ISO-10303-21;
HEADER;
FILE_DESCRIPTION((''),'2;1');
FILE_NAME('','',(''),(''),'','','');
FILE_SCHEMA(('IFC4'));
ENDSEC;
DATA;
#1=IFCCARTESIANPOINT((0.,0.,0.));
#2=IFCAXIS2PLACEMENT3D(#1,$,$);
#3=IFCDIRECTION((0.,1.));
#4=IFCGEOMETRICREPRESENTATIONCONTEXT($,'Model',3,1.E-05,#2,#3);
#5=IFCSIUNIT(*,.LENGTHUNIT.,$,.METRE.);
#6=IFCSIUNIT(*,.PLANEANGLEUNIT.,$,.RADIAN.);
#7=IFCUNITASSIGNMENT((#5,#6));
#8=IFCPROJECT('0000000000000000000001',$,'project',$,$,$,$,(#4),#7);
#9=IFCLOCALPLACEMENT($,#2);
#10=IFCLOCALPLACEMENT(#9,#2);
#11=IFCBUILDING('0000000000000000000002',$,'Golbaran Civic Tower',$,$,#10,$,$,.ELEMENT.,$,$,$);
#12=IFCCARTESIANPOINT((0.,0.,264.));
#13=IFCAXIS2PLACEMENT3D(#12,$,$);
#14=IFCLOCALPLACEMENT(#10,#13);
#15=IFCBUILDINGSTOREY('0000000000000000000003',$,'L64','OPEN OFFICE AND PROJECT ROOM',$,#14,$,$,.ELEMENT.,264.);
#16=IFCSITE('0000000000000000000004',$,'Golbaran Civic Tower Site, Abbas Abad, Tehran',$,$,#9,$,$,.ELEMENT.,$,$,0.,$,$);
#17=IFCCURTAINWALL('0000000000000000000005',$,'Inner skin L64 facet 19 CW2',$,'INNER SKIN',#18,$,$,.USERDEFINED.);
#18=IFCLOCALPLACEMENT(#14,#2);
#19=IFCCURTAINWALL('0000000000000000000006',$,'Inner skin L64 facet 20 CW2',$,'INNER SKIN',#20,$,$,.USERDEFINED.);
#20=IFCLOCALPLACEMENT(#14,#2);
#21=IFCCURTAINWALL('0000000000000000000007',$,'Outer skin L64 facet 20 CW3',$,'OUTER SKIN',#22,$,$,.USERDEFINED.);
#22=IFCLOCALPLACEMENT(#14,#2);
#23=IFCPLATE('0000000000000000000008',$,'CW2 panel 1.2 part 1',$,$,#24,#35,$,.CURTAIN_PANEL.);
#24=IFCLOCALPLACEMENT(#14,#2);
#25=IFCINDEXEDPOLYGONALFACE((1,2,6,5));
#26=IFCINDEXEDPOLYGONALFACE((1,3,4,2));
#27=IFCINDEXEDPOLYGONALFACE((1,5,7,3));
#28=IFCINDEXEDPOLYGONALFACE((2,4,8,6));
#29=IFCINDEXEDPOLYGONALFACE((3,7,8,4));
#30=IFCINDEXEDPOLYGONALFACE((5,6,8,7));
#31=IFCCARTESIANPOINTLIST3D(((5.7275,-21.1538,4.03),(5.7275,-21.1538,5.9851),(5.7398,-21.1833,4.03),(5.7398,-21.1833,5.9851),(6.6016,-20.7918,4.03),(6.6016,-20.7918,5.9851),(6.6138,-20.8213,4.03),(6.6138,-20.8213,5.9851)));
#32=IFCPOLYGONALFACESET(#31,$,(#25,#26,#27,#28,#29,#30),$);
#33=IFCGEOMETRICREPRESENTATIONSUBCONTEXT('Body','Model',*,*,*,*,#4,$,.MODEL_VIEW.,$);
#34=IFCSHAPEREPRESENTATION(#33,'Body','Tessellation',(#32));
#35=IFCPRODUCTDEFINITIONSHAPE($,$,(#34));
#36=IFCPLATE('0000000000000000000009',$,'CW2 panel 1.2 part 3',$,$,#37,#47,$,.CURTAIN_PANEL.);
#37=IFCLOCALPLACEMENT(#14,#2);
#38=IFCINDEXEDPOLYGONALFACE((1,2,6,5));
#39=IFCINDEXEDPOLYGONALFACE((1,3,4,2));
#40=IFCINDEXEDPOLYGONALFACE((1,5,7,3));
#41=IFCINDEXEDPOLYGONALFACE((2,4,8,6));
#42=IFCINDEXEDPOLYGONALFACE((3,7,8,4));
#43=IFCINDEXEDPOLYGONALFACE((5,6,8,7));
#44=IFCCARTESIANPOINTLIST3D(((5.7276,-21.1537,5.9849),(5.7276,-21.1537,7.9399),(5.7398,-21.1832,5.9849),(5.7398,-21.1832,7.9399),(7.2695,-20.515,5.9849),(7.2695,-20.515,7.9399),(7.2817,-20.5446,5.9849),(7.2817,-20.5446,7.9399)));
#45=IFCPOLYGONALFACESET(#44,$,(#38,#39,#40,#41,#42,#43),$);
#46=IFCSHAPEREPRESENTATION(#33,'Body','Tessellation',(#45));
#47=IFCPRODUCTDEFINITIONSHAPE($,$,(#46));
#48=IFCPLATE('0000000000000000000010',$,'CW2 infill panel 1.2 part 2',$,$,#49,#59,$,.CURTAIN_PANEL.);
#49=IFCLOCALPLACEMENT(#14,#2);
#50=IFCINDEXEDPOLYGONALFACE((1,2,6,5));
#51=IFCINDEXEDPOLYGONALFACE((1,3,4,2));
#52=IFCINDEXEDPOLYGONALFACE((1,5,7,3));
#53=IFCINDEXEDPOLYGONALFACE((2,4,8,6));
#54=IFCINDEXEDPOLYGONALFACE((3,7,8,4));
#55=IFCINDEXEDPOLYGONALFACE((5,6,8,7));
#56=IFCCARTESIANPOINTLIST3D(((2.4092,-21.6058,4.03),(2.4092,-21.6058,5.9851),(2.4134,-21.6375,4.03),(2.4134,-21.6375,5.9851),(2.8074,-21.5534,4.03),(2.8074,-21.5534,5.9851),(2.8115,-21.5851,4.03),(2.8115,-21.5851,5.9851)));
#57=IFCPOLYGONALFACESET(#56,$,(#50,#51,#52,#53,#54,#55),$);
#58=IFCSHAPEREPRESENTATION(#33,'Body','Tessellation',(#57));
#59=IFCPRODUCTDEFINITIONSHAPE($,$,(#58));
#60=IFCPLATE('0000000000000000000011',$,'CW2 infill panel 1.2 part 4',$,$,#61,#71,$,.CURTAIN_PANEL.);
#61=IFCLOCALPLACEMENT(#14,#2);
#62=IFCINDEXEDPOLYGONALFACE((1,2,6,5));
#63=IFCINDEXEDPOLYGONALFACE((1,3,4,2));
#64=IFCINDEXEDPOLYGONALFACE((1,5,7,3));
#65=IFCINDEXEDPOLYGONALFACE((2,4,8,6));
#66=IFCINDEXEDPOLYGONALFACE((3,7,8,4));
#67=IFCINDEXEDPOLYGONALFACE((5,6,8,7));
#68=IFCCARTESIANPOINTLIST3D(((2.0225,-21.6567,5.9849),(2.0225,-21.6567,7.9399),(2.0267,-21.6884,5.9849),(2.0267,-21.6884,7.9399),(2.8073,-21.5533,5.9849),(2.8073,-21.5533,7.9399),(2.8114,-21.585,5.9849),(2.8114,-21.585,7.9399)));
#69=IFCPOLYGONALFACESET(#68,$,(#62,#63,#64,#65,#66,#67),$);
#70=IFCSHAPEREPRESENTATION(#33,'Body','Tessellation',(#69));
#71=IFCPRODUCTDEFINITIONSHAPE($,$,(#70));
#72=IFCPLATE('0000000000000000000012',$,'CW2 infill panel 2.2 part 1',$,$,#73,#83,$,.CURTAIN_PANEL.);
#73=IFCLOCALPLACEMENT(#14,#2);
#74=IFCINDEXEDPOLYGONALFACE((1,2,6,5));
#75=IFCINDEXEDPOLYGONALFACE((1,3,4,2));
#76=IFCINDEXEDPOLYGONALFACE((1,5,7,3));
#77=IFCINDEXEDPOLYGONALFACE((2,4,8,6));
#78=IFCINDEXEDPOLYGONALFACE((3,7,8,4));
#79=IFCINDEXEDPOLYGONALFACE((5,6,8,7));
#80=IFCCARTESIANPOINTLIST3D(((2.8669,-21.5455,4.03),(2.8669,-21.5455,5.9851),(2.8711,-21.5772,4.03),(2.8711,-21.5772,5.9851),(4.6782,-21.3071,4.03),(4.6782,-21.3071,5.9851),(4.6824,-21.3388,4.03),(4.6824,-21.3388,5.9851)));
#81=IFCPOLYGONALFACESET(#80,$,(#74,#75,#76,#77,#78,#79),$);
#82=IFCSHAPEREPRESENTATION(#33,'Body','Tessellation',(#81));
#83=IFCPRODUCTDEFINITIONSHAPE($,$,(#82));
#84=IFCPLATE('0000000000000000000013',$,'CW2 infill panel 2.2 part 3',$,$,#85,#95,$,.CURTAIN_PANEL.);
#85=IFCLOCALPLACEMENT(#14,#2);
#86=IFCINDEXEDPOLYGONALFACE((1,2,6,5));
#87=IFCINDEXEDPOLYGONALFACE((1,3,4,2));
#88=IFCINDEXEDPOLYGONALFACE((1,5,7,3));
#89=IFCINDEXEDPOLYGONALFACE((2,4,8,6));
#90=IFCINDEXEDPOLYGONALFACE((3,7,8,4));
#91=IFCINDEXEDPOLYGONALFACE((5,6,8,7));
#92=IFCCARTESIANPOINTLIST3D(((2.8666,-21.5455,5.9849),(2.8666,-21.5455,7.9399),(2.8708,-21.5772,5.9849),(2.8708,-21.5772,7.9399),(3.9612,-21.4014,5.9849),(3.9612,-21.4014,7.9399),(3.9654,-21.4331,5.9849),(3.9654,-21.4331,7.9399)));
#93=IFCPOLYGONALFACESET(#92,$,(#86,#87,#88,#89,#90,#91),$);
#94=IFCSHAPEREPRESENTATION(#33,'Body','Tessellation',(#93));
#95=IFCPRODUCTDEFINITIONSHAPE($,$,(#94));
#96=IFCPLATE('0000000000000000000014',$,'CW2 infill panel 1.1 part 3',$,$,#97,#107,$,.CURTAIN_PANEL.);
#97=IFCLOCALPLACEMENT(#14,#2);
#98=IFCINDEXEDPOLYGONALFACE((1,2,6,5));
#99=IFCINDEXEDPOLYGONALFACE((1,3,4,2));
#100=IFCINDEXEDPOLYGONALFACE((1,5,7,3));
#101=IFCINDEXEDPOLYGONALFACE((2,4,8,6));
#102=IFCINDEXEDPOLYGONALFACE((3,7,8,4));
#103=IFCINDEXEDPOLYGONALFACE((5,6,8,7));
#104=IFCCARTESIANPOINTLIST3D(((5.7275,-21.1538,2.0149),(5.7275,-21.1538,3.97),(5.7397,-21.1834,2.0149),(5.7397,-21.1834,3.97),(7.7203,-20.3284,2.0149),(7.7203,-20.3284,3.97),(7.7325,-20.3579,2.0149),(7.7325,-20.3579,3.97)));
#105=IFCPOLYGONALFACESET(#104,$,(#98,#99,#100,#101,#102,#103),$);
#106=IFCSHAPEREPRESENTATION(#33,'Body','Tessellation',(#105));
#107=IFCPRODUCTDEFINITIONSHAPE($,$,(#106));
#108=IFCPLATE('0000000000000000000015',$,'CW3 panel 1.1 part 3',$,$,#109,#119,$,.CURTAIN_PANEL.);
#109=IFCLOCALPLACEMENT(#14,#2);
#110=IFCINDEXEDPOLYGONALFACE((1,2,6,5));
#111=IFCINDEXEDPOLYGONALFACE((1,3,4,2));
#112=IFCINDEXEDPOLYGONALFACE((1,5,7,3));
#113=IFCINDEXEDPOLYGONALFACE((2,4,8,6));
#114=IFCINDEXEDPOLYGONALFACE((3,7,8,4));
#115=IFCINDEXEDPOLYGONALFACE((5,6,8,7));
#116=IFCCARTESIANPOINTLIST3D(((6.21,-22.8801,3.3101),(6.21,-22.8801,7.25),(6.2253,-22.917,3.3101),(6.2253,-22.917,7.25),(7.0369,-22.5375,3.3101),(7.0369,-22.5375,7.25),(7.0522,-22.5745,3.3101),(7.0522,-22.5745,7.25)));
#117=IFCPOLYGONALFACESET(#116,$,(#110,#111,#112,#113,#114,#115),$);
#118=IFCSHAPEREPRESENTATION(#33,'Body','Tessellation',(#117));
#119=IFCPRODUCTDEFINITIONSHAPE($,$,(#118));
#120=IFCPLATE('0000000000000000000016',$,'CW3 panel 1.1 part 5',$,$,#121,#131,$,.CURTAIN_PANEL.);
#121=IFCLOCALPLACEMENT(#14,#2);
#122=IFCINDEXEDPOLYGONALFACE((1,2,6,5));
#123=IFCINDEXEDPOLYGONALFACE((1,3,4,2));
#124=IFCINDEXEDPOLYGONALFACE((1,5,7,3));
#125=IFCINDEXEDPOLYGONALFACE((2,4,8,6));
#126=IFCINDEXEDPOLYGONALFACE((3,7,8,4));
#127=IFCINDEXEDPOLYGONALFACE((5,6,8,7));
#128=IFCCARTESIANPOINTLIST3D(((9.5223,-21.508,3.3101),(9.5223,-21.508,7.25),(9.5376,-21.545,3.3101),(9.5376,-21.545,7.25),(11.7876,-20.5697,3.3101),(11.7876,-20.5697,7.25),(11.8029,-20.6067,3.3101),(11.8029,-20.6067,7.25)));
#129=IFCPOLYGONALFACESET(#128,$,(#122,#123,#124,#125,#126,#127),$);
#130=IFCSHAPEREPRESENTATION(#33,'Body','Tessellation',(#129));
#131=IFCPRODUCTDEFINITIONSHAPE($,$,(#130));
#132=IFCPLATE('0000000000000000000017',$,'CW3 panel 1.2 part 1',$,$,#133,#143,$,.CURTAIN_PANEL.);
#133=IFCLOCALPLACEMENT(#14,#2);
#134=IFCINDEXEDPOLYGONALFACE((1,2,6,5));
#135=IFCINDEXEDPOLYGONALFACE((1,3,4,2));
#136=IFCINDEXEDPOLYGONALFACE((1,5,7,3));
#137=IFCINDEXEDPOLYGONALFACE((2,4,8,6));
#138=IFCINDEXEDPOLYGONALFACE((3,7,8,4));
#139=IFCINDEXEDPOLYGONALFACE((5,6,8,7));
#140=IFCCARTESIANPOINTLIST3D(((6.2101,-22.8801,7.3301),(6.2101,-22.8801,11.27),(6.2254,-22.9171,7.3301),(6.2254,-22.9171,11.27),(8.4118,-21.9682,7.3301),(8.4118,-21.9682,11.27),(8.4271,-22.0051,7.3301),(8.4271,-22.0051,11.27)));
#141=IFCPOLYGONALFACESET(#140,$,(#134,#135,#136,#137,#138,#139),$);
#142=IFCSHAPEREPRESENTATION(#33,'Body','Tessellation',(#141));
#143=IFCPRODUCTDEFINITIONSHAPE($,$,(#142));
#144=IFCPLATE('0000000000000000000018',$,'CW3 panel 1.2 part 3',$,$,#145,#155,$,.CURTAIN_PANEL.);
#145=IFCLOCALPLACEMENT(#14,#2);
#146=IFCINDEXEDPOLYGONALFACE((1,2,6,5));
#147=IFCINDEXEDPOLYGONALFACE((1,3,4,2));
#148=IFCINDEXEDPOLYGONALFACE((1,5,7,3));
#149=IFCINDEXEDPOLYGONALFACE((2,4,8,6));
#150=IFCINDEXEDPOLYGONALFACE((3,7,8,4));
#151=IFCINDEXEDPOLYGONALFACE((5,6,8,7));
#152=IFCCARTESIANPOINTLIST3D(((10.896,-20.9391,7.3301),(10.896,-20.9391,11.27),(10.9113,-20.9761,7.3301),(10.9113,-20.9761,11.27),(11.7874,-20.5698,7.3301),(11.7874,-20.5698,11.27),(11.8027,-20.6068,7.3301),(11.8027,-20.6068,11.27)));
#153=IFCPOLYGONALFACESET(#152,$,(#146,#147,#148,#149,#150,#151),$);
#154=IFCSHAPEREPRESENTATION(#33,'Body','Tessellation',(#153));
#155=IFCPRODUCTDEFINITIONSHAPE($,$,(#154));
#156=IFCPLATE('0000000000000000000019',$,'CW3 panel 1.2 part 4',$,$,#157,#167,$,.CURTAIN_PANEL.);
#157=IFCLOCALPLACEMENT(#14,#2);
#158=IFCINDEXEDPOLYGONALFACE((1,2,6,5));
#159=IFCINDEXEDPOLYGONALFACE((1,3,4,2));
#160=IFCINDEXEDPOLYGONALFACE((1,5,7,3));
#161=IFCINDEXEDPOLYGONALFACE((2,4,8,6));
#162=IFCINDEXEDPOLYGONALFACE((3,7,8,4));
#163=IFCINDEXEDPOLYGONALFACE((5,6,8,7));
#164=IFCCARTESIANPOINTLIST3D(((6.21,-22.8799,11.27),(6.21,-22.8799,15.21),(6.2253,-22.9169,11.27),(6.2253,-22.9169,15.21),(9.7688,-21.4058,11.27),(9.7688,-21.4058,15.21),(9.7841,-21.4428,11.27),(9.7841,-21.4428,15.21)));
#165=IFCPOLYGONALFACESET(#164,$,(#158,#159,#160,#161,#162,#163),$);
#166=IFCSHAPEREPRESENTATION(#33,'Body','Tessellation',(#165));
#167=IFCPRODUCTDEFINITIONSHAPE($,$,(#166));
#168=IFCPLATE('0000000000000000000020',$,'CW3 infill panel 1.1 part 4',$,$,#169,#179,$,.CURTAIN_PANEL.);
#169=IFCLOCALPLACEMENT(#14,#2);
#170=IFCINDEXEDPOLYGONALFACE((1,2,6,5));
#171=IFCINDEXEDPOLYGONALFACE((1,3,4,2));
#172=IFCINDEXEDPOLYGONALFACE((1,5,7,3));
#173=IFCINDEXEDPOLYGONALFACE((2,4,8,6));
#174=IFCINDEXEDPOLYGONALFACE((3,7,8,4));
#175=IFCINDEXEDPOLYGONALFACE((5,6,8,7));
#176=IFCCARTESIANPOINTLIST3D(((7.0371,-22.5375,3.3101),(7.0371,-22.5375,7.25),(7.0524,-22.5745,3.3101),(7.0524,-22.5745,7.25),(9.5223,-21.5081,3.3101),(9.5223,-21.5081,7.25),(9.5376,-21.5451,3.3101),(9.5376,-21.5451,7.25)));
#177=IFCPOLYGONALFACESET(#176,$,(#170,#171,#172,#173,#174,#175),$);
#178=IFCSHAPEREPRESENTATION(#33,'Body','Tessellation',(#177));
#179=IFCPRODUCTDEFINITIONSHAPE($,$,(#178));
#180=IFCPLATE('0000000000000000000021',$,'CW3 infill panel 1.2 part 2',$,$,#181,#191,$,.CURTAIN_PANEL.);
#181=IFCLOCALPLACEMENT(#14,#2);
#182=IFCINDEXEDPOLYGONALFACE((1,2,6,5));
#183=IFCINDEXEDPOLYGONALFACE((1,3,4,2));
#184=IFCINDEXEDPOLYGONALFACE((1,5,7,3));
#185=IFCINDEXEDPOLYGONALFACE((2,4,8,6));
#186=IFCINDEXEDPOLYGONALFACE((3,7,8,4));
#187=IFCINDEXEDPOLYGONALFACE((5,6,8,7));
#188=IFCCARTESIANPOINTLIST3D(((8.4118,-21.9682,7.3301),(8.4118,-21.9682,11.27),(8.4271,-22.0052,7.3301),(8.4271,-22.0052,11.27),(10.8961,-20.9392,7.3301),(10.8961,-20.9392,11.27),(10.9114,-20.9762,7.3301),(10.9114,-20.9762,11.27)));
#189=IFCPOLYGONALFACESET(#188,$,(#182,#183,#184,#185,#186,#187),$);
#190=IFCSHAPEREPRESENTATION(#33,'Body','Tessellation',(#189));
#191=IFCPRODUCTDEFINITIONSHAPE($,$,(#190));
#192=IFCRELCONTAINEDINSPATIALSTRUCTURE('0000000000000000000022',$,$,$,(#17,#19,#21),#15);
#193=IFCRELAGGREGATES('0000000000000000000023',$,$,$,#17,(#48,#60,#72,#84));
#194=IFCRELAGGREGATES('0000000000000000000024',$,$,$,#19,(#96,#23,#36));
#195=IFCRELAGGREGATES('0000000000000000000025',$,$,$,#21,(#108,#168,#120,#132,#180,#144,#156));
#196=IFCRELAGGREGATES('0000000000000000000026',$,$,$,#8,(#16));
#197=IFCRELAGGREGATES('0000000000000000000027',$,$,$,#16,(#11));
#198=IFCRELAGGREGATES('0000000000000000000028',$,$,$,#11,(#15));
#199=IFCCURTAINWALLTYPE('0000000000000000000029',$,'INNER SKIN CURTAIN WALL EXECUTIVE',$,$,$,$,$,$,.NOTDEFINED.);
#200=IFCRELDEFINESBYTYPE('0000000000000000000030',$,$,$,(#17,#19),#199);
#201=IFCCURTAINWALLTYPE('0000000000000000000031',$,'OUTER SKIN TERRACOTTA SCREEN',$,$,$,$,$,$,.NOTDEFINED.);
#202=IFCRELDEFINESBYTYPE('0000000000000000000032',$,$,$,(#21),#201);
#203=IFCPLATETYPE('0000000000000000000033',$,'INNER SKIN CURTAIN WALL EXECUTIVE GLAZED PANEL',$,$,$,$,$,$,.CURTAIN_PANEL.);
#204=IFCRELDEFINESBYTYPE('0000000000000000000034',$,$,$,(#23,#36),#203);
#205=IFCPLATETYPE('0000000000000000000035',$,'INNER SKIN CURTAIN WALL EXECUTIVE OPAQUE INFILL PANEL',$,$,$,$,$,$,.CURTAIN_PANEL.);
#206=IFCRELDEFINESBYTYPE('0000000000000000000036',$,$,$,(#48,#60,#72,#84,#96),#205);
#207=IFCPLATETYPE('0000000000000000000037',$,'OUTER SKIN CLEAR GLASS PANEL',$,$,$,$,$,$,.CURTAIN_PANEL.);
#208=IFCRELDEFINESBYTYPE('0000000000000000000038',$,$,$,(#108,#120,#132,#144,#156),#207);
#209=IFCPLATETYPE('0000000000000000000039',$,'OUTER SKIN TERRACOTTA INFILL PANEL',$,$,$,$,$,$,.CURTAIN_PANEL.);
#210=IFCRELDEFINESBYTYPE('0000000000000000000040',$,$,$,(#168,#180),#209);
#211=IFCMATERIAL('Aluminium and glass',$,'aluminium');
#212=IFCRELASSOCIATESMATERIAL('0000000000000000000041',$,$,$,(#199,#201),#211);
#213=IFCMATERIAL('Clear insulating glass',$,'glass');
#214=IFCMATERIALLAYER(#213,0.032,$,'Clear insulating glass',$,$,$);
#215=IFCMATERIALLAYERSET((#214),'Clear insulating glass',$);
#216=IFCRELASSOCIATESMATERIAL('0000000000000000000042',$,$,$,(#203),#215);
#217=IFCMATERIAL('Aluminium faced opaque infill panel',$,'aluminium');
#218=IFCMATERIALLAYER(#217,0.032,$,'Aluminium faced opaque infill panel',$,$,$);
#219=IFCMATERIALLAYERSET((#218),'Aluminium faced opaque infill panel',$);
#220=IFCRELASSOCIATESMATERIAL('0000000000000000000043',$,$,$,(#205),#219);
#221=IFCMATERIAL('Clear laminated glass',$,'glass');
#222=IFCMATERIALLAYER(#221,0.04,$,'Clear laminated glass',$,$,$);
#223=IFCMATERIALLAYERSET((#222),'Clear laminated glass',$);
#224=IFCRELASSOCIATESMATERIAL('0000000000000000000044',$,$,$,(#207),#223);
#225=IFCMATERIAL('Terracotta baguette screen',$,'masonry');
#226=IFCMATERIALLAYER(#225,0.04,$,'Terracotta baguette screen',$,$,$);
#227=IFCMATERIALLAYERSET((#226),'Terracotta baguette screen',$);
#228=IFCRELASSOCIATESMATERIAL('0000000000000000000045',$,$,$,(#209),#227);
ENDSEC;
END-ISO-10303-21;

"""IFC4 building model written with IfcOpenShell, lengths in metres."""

from ifc_helpers import new_model, si_unit, direction, frame, origin, origin_2d, place, context, subcontext, project, spatial, rectangle, extrude, material, layer, layer_set, type_object, element, aggregate, save


model = new_model("IFC4")

# Units and contexts
model_context = context("Model", 3, precision=1e-05, world=origin(), true_north=direction((0.0, 1.0)))
body_context = subcontext(model_context, "Body", "Model", "MODEL_VIEW")
ifc_project = project(units=[si_unit("LENGTHUNIT", "METRE"), si_unit("PLANEANGLEUNIT", "RADIAN")], contexts=[model_context])

# Site, building, storey
site_placement = place(None, origin())
site = spatial("IfcSite", under=ifc_project, at=site_placement, Name="Golbaran Civic Tower Site, Abbas Abad, Tehran", CompositionType="ELEMENT", RefElevation=0.0)
building_placement = place(site_placement, origin())
building = spatial("IfcBuilding", under=site, at=building_placement, Name="Golbaran Civic Tower", CompositionType="ELEMENT")
storey_placement = place(building_placement, frame((0.0, 0.0, 264.0)))
storey = spatial("IfcBuildingStorey", under=building, at=storey_placement, Name="L64", Description="OPEN OFFICE AND PROJECT ROOM", CompositionType="ELEMENT", Elevation=264.0)

# Curtain walls
ifc_material_1 = material(Name="Aluminium and glass", Category="aluminium")
curtain_wall_type_1 = type_object("IfcCurtainWallType", Name="INNER SKIN CURTAIN WALL EXECUTIVE", PredefinedType="NOTDEFINED", material=ifc_material_1)
curtain_wall_1_placement = place(storey_placement, origin())
curtain_wall_1 = element("IfcCurtainWall", 1, at=curtain_wall_1_placement, inside=storey, type_object=curtain_wall_type_1, Name="Inner skin L64 facet 19 CW2", ObjectType="INNER SKIN", PredefinedType="USERDEFINED")
curtain_wall_2_placement = place(storey_placement, origin())
curtain_wall_2 = element("IfcCurtainWall", 2, at=curtain_wall_2_placement, inside=storey, type_object=curtain_wall_type_1, Name="Inner skin L64 facet 20 CW2", ObjectType="INNER SKIN", PredefinedType="USERDEFINED")
curtain_wall_type_2 = type_object("IfcCurtainWallType", Name="OUTER SKIN TERRACOTTA SCREEN", PredefinedType="NOTDEFINED", material=ifc_material_1)
curtain_wall_3_placement = place(storey_placement, origin())
curtain_wall_3 = element("IfcCurtainWall", 3, at=curtain_wall_3_placement, inside=storey, type_object=curtain_wall_type_2, Name="Outer skin L64 facet 20 CW3", ObjectType="OUTER SKIN", PredefinedType="USERDEFINED")

# Plates
ifc_material_2 = material(Name="Clear insulating glass", Category="glass")
ifc_layer_1 = layer(ifc_material_2, 0.032, Name="Clear insulating glass")
ifc_layer_set_1 = layer_set([ifc_layer_1], Name="Clear insulating glass")
plate_type_1 = type_object("IfcPlateType", Name="INNER SKIN CURTAIN WALL EXECUTIVE GLAZED PANEL", PredefinedType="CURTAIN_PANEL", material=ifc_layer_set_1)
plate_1_placement = place(storey_placement, frame((6.1707, -20.9875, 4.03), z_axis=(0.0, 0.0, 1.0), x_axis=(0.92388, 0.382683, 0.0)))
plate_1 = element("IfcPlate", 4, at=plate_1_placement, type_object=plate_type_1, Name="CW2 panel 1.2 part 1", PredefinedType="CURTAIN_PANEL", context=body_context, shape_type="SweptSolid", body=[
    extrude(rectangle(XDim=0.946, YDim=0.032, at=origin_2d()), origin(), (0.0, 0.0, 1.0), 1.9551),
])
plate_2_placement = place(storey_placement, frame((6.5046, -20.8491, 5.9849), z_axis=(0.0, 0.0, 1.0), x_axis=(0.92388, 0.382683, 0.0)))
plate_2 = element("IfcPlate", 5, at=plate_2_placement, type_object=plate_type_1, Name="CW2 panel 1.2 part 3", PredefinedType="CURTAIN_PANEL", context=body_context, shape_type="SweptSolid", body=[
    extrude(rectangle(XDim=1.6689, YDim=0.032, at=origin_2d()), origin(), (0.0, 0.0, 1.0), 1.9551),
])
ifc_material_3 = material(Name="Aluminium faced opaque infill panel", Category="aluminium")
ifc_layer_2 = layer(ifc_material_3, 0.032, Name="Aluminium faced opaque infill panel")
ifc_layer_set_2 = layer_set([ifc_layer_2], Name="Aluminium faced opaque infill panel")
plate_type_2 = type_object("IfcPlateType", Name="INNER SKIN CURTAIN WALL EXECUTIVE OPAQUE INFILL PANEL", PredefinedType="CURTAIN_PANEL", material=ifc_layer_set_2)
plate_3_placement = place(storey_placement, frame((2.6104, -21.5955, 4.03), z_axis=(0.0, 0.0, 1.0), x_axis=(0.991445, 0.130526, 0.0)))
plate_3 = element("IfcPlate", 6, at=plate_3_placement, type_object=plate_type_2, Name="CW2 infill panel 1.2 part 2", PredefinedType="CURTAIN_PANEL", context=body_context, shape_type="SweptSolid", body=[
    extrude(rectangle(XDim=0.4016, YDim=0.032, at=origin_2d()), origin(), (0.0, 0.0, 1.0), 1.9551),
])
plate_4_placement = place(storey_placement, frame((2.417, -21.6208, 5.9849), z_axis=(0.0, 0.0, 1.0), x_axis=(0.991445, 0.130526, 0.0)))
plate_4 = element("IfcPlate", 7, at=plate_4_placement, type_object=plate_type_2, Name="CW2 infill panel 1.2 part 4", PredefinedType="CURTAIN_PANEL", context=body_context, shape_type="SweptSolid", body=[
    extrude(rectangle(XDim=0.7915, YDim=0.032, at=origin_2d()), origin(), (0.0, 0.0, 1.0), 1.9551),
])
plate_5_placement = place(storey_placement, frame((3.7747, -21.4421, 4.03), z_axis=(0.0, 0.0, 1.0), x_axis=(0.991445, 0.130526, 0.0)))
plate_5 = element("IfcPlate", 8, at=plate_5_placement, type_object=plate_type_2, Name="CW2 infill panel 2.2 part 1", PredefinedType="CURTAIN_PANEL", context=body_context, shape_type="SweptSolid", body=[
    extrude(rectangle(XDim=1.8269, YDim=0.032, at=origin_2d()), origin(), (0.0, 0.0, 1.0), 1.9551),
])
plate_6_placement = place(storey_placement, frame((3.416, -21.4893, 5.9849), z_axis=(0.0, 0.0, 1.0), x_axis=(0.991445, 0.130526, 0.0)))
plate_6 = element("IfcPlate", 9, at=plate_6_placement, type_object=plate_type_2, Name="CW2 infill panel 2.2 part 3", PredefinedType="CURTAIN_PANEL", context=body_context, shape_type="SweptSolid", body=[
    extrude(rectangle(XDim=1.104, YDim=0.032, at=origin_2d()), origin(), (0.0, 0.0, 1.0), 1.9551),
])
aggregate(curtain_wall_1, [plate_3, plate_4, plate_5, plate_6])
plate_7_placement = place(storey_placement, frame((6.73, -20.7559, 2.0149), z_axis=(0.0, 0.0, 1.0), x_axis=(0.92388, 0.382683, 0.0)))
plate_7 = element("IfcPlate", 10, at=plate_7_placement, type_object=plate_type_2, Name="CW2 infill panel 1.1 part 3", PredefinedType="CURTAIN_PANEL", context=body_context, shape_type="SweptSolid", body=[
    extrude(rectangle(XDim=2.157, YDim=0.032, at=origin_2d()), origin(), (0.0, 0.0, 1.0), 1.9551),
])
aggregate(curtain_wall_2, [plate_7, plate_1, plate_2])
ifc_material_4 = material(Name="Clear laminated glass", Category="glass")
ifc_layer_3 = layer(ifc_material_4, 0.04, Name="Clear laminated glass")
ifc_layer_set_3 = layer_set([ifc_layer_3], Name="Clear laminated glass")
plate_type_3 = type_object("IfcPlateType", Name="OUTER SKIN CLEAR GLASS PANEL", PredefinedType="CURTAIN_PANEL", material=ifc_layer_set_3)
plate_8_placement = place(storey_placement, frame((6.6311, -22.7273, 3.3101), z_axis=(0.0, 0.0, 1.0), x_axis=(0.92388, 0.382683, 0.0)))
plate_8 = element("IfcPlate", 11, at=plate_8_placement, type_object=plate_type_3, Name="CW3 panel 1.1 part 3", PredefinedType="CURTAIN_PANEL", context=body_context, shape_type="SweptSolid", body=[
    extrude(rectangle(XDim=0.895, YDim=0.04, at=origin_2d()), origin(), (0.0, 0.0, 1.0), 3.9399),
])
plate_9_placement = place(storey_placement, frame((10.6626, -21.0574, 3.3101), z_axis=(0.0, 0.0, 1.0), x_axis=(0.92388, 0.382683, 0.0)))
plate_9 = element("IfcPlate", 12, at=plate_9_placement, type_object=plate_type_3, Name="CW3 panel 1.1 part 5", PredefinedType="CURTAIN_PANEL", context=body_context, shape_type="SweptSolid", body=[
    extrude(rectangle(XDim=2.4519, YDim=0.04, at=origin_2d()), origin(), (0.0, 0.0, 1.0), 3.9399),
])
plate_10_placement = place(storey_placement, frame((7.3186, -22.4426, 7.3301), z_axis=(0.0, 0.0, 1.0), x_axis=(0.92388, 0.382683, 0.0)))
plate_10 = element("IfcPlate", 13, at=plate_10_placement, type_object=plate_type_3, Name="CW3 panel 1.2 part 1", PredefinedType="CURTAIN_PANEL", context=body_context, shape_type="SweptSolid", body=[
    extrude(rectangle(XDim=2.3831, YDim=0.04, at=origin_2d()), origin(), (0.0, 0.0, 1.0), 3.9399),
])
plate_11_placement = place(storey_placement, frame((11.3494, -20.7729, 7.3301), z_axis=(0.0, 0.0, 1.0), x_axis=(0.92388, 0.382683, 0.0)))
plate_11 = element("IfcPlate", 14, at=plate_11_placement, type_object=plate_type_3, Name="CW3 panel 1.2 part 3", PredefinedType="CURTAIN_PANEL", context=body_context, shape_type="SweptSolid", body=[
    extrude(rectangle(XDim=0.9648, YDim=0.04, at=origin_2d()), origin(), (0.0, 0.0, 1.0), 3.9399),
])
plate_12_placement = place(storey_placement, frame((7.9971, -22.1614, 11.27), z_axis=(0.0, 0.0, 1.0), x_axis=(0.92388, 0.382683, 0.0)))
plate_12 = element("IfcPlate", 15, at=plate_12_placement, type_object=plate_type_3, Name="CW3 panel 1.2 part 4", PredefinedType="CURTAIN_PANEL", context=body_context, shape_type="SweptSolid", body=[
    extrude(rectangle(XDim=3.8521, YDim=0.04, at=origin_2d()), origin(), (0.0, 0.0, 1.0), 3.9399),
])
ifc_material_5 = material(Name="Terracotta baguette screen", Category="masonry")
ifc_layer_4 = layer(ifc_material_5, 0.04, Name="Terracotta baguette screen")
ifc_layer_set_4 = layer_set([ifc_layer_4], Name="Terracotta baguette screen")
plate_type_4 = type_object("IfcPlateType", Name="OUTER SKIN TERRACOTTA INFILL PANEL", PredefinedType="CURTAIN_PANEL", material=ifc_layer_set_4)
plate_13_placement = place(storey_placement, frame((8.2874, -22.0413, 3.3101), z_axis=(0.0, 0.0, 1.0), x_axis=(0.92388, 0.382683, 0.0)))
plate_13 = element("IfcPlate", 16, at=plate_13_placement, type_object=plate_type_4, Name="CW3 infill panel 1.1 part 4", PredefinedType="CURTAIN_PANEL", context=body_context, shape_type="SweptSolid", body=[
    extrude(rectangle(XDim=2.6899, YDim=0.04, at=origin_2d()), origin(), (0.0, 0.0, 1.0), 3.9399),
])
plate_14_placement = place(storey_placement, frame((9.6616, -21.4722, 7.3301), z_axis=(0.0, 0.0, 1.0), x_axis=(0.92388, 0.382683, 0.0)))
plate_14 = element("IfcPlate", 17, at=plate_14_placement, type_object=plate_type_4, Name="CW3 infill panel 1.2 part 2", PredefinedType="CURTAIN_PANEL", context=body_context, shape_type="SweptSolid", body=[
    extrude(rectangle(XDim=2.689, YDim=0.04, at=origin_2d()), origin(), (0.0, 0.0, 1.0), 3.9399),
])
aggregate(curtain_wall_3, [plate_8, plate_13, plate_9, plate_10, plate_14, plate_11, plate_12])

save(model, "model.ifc")
